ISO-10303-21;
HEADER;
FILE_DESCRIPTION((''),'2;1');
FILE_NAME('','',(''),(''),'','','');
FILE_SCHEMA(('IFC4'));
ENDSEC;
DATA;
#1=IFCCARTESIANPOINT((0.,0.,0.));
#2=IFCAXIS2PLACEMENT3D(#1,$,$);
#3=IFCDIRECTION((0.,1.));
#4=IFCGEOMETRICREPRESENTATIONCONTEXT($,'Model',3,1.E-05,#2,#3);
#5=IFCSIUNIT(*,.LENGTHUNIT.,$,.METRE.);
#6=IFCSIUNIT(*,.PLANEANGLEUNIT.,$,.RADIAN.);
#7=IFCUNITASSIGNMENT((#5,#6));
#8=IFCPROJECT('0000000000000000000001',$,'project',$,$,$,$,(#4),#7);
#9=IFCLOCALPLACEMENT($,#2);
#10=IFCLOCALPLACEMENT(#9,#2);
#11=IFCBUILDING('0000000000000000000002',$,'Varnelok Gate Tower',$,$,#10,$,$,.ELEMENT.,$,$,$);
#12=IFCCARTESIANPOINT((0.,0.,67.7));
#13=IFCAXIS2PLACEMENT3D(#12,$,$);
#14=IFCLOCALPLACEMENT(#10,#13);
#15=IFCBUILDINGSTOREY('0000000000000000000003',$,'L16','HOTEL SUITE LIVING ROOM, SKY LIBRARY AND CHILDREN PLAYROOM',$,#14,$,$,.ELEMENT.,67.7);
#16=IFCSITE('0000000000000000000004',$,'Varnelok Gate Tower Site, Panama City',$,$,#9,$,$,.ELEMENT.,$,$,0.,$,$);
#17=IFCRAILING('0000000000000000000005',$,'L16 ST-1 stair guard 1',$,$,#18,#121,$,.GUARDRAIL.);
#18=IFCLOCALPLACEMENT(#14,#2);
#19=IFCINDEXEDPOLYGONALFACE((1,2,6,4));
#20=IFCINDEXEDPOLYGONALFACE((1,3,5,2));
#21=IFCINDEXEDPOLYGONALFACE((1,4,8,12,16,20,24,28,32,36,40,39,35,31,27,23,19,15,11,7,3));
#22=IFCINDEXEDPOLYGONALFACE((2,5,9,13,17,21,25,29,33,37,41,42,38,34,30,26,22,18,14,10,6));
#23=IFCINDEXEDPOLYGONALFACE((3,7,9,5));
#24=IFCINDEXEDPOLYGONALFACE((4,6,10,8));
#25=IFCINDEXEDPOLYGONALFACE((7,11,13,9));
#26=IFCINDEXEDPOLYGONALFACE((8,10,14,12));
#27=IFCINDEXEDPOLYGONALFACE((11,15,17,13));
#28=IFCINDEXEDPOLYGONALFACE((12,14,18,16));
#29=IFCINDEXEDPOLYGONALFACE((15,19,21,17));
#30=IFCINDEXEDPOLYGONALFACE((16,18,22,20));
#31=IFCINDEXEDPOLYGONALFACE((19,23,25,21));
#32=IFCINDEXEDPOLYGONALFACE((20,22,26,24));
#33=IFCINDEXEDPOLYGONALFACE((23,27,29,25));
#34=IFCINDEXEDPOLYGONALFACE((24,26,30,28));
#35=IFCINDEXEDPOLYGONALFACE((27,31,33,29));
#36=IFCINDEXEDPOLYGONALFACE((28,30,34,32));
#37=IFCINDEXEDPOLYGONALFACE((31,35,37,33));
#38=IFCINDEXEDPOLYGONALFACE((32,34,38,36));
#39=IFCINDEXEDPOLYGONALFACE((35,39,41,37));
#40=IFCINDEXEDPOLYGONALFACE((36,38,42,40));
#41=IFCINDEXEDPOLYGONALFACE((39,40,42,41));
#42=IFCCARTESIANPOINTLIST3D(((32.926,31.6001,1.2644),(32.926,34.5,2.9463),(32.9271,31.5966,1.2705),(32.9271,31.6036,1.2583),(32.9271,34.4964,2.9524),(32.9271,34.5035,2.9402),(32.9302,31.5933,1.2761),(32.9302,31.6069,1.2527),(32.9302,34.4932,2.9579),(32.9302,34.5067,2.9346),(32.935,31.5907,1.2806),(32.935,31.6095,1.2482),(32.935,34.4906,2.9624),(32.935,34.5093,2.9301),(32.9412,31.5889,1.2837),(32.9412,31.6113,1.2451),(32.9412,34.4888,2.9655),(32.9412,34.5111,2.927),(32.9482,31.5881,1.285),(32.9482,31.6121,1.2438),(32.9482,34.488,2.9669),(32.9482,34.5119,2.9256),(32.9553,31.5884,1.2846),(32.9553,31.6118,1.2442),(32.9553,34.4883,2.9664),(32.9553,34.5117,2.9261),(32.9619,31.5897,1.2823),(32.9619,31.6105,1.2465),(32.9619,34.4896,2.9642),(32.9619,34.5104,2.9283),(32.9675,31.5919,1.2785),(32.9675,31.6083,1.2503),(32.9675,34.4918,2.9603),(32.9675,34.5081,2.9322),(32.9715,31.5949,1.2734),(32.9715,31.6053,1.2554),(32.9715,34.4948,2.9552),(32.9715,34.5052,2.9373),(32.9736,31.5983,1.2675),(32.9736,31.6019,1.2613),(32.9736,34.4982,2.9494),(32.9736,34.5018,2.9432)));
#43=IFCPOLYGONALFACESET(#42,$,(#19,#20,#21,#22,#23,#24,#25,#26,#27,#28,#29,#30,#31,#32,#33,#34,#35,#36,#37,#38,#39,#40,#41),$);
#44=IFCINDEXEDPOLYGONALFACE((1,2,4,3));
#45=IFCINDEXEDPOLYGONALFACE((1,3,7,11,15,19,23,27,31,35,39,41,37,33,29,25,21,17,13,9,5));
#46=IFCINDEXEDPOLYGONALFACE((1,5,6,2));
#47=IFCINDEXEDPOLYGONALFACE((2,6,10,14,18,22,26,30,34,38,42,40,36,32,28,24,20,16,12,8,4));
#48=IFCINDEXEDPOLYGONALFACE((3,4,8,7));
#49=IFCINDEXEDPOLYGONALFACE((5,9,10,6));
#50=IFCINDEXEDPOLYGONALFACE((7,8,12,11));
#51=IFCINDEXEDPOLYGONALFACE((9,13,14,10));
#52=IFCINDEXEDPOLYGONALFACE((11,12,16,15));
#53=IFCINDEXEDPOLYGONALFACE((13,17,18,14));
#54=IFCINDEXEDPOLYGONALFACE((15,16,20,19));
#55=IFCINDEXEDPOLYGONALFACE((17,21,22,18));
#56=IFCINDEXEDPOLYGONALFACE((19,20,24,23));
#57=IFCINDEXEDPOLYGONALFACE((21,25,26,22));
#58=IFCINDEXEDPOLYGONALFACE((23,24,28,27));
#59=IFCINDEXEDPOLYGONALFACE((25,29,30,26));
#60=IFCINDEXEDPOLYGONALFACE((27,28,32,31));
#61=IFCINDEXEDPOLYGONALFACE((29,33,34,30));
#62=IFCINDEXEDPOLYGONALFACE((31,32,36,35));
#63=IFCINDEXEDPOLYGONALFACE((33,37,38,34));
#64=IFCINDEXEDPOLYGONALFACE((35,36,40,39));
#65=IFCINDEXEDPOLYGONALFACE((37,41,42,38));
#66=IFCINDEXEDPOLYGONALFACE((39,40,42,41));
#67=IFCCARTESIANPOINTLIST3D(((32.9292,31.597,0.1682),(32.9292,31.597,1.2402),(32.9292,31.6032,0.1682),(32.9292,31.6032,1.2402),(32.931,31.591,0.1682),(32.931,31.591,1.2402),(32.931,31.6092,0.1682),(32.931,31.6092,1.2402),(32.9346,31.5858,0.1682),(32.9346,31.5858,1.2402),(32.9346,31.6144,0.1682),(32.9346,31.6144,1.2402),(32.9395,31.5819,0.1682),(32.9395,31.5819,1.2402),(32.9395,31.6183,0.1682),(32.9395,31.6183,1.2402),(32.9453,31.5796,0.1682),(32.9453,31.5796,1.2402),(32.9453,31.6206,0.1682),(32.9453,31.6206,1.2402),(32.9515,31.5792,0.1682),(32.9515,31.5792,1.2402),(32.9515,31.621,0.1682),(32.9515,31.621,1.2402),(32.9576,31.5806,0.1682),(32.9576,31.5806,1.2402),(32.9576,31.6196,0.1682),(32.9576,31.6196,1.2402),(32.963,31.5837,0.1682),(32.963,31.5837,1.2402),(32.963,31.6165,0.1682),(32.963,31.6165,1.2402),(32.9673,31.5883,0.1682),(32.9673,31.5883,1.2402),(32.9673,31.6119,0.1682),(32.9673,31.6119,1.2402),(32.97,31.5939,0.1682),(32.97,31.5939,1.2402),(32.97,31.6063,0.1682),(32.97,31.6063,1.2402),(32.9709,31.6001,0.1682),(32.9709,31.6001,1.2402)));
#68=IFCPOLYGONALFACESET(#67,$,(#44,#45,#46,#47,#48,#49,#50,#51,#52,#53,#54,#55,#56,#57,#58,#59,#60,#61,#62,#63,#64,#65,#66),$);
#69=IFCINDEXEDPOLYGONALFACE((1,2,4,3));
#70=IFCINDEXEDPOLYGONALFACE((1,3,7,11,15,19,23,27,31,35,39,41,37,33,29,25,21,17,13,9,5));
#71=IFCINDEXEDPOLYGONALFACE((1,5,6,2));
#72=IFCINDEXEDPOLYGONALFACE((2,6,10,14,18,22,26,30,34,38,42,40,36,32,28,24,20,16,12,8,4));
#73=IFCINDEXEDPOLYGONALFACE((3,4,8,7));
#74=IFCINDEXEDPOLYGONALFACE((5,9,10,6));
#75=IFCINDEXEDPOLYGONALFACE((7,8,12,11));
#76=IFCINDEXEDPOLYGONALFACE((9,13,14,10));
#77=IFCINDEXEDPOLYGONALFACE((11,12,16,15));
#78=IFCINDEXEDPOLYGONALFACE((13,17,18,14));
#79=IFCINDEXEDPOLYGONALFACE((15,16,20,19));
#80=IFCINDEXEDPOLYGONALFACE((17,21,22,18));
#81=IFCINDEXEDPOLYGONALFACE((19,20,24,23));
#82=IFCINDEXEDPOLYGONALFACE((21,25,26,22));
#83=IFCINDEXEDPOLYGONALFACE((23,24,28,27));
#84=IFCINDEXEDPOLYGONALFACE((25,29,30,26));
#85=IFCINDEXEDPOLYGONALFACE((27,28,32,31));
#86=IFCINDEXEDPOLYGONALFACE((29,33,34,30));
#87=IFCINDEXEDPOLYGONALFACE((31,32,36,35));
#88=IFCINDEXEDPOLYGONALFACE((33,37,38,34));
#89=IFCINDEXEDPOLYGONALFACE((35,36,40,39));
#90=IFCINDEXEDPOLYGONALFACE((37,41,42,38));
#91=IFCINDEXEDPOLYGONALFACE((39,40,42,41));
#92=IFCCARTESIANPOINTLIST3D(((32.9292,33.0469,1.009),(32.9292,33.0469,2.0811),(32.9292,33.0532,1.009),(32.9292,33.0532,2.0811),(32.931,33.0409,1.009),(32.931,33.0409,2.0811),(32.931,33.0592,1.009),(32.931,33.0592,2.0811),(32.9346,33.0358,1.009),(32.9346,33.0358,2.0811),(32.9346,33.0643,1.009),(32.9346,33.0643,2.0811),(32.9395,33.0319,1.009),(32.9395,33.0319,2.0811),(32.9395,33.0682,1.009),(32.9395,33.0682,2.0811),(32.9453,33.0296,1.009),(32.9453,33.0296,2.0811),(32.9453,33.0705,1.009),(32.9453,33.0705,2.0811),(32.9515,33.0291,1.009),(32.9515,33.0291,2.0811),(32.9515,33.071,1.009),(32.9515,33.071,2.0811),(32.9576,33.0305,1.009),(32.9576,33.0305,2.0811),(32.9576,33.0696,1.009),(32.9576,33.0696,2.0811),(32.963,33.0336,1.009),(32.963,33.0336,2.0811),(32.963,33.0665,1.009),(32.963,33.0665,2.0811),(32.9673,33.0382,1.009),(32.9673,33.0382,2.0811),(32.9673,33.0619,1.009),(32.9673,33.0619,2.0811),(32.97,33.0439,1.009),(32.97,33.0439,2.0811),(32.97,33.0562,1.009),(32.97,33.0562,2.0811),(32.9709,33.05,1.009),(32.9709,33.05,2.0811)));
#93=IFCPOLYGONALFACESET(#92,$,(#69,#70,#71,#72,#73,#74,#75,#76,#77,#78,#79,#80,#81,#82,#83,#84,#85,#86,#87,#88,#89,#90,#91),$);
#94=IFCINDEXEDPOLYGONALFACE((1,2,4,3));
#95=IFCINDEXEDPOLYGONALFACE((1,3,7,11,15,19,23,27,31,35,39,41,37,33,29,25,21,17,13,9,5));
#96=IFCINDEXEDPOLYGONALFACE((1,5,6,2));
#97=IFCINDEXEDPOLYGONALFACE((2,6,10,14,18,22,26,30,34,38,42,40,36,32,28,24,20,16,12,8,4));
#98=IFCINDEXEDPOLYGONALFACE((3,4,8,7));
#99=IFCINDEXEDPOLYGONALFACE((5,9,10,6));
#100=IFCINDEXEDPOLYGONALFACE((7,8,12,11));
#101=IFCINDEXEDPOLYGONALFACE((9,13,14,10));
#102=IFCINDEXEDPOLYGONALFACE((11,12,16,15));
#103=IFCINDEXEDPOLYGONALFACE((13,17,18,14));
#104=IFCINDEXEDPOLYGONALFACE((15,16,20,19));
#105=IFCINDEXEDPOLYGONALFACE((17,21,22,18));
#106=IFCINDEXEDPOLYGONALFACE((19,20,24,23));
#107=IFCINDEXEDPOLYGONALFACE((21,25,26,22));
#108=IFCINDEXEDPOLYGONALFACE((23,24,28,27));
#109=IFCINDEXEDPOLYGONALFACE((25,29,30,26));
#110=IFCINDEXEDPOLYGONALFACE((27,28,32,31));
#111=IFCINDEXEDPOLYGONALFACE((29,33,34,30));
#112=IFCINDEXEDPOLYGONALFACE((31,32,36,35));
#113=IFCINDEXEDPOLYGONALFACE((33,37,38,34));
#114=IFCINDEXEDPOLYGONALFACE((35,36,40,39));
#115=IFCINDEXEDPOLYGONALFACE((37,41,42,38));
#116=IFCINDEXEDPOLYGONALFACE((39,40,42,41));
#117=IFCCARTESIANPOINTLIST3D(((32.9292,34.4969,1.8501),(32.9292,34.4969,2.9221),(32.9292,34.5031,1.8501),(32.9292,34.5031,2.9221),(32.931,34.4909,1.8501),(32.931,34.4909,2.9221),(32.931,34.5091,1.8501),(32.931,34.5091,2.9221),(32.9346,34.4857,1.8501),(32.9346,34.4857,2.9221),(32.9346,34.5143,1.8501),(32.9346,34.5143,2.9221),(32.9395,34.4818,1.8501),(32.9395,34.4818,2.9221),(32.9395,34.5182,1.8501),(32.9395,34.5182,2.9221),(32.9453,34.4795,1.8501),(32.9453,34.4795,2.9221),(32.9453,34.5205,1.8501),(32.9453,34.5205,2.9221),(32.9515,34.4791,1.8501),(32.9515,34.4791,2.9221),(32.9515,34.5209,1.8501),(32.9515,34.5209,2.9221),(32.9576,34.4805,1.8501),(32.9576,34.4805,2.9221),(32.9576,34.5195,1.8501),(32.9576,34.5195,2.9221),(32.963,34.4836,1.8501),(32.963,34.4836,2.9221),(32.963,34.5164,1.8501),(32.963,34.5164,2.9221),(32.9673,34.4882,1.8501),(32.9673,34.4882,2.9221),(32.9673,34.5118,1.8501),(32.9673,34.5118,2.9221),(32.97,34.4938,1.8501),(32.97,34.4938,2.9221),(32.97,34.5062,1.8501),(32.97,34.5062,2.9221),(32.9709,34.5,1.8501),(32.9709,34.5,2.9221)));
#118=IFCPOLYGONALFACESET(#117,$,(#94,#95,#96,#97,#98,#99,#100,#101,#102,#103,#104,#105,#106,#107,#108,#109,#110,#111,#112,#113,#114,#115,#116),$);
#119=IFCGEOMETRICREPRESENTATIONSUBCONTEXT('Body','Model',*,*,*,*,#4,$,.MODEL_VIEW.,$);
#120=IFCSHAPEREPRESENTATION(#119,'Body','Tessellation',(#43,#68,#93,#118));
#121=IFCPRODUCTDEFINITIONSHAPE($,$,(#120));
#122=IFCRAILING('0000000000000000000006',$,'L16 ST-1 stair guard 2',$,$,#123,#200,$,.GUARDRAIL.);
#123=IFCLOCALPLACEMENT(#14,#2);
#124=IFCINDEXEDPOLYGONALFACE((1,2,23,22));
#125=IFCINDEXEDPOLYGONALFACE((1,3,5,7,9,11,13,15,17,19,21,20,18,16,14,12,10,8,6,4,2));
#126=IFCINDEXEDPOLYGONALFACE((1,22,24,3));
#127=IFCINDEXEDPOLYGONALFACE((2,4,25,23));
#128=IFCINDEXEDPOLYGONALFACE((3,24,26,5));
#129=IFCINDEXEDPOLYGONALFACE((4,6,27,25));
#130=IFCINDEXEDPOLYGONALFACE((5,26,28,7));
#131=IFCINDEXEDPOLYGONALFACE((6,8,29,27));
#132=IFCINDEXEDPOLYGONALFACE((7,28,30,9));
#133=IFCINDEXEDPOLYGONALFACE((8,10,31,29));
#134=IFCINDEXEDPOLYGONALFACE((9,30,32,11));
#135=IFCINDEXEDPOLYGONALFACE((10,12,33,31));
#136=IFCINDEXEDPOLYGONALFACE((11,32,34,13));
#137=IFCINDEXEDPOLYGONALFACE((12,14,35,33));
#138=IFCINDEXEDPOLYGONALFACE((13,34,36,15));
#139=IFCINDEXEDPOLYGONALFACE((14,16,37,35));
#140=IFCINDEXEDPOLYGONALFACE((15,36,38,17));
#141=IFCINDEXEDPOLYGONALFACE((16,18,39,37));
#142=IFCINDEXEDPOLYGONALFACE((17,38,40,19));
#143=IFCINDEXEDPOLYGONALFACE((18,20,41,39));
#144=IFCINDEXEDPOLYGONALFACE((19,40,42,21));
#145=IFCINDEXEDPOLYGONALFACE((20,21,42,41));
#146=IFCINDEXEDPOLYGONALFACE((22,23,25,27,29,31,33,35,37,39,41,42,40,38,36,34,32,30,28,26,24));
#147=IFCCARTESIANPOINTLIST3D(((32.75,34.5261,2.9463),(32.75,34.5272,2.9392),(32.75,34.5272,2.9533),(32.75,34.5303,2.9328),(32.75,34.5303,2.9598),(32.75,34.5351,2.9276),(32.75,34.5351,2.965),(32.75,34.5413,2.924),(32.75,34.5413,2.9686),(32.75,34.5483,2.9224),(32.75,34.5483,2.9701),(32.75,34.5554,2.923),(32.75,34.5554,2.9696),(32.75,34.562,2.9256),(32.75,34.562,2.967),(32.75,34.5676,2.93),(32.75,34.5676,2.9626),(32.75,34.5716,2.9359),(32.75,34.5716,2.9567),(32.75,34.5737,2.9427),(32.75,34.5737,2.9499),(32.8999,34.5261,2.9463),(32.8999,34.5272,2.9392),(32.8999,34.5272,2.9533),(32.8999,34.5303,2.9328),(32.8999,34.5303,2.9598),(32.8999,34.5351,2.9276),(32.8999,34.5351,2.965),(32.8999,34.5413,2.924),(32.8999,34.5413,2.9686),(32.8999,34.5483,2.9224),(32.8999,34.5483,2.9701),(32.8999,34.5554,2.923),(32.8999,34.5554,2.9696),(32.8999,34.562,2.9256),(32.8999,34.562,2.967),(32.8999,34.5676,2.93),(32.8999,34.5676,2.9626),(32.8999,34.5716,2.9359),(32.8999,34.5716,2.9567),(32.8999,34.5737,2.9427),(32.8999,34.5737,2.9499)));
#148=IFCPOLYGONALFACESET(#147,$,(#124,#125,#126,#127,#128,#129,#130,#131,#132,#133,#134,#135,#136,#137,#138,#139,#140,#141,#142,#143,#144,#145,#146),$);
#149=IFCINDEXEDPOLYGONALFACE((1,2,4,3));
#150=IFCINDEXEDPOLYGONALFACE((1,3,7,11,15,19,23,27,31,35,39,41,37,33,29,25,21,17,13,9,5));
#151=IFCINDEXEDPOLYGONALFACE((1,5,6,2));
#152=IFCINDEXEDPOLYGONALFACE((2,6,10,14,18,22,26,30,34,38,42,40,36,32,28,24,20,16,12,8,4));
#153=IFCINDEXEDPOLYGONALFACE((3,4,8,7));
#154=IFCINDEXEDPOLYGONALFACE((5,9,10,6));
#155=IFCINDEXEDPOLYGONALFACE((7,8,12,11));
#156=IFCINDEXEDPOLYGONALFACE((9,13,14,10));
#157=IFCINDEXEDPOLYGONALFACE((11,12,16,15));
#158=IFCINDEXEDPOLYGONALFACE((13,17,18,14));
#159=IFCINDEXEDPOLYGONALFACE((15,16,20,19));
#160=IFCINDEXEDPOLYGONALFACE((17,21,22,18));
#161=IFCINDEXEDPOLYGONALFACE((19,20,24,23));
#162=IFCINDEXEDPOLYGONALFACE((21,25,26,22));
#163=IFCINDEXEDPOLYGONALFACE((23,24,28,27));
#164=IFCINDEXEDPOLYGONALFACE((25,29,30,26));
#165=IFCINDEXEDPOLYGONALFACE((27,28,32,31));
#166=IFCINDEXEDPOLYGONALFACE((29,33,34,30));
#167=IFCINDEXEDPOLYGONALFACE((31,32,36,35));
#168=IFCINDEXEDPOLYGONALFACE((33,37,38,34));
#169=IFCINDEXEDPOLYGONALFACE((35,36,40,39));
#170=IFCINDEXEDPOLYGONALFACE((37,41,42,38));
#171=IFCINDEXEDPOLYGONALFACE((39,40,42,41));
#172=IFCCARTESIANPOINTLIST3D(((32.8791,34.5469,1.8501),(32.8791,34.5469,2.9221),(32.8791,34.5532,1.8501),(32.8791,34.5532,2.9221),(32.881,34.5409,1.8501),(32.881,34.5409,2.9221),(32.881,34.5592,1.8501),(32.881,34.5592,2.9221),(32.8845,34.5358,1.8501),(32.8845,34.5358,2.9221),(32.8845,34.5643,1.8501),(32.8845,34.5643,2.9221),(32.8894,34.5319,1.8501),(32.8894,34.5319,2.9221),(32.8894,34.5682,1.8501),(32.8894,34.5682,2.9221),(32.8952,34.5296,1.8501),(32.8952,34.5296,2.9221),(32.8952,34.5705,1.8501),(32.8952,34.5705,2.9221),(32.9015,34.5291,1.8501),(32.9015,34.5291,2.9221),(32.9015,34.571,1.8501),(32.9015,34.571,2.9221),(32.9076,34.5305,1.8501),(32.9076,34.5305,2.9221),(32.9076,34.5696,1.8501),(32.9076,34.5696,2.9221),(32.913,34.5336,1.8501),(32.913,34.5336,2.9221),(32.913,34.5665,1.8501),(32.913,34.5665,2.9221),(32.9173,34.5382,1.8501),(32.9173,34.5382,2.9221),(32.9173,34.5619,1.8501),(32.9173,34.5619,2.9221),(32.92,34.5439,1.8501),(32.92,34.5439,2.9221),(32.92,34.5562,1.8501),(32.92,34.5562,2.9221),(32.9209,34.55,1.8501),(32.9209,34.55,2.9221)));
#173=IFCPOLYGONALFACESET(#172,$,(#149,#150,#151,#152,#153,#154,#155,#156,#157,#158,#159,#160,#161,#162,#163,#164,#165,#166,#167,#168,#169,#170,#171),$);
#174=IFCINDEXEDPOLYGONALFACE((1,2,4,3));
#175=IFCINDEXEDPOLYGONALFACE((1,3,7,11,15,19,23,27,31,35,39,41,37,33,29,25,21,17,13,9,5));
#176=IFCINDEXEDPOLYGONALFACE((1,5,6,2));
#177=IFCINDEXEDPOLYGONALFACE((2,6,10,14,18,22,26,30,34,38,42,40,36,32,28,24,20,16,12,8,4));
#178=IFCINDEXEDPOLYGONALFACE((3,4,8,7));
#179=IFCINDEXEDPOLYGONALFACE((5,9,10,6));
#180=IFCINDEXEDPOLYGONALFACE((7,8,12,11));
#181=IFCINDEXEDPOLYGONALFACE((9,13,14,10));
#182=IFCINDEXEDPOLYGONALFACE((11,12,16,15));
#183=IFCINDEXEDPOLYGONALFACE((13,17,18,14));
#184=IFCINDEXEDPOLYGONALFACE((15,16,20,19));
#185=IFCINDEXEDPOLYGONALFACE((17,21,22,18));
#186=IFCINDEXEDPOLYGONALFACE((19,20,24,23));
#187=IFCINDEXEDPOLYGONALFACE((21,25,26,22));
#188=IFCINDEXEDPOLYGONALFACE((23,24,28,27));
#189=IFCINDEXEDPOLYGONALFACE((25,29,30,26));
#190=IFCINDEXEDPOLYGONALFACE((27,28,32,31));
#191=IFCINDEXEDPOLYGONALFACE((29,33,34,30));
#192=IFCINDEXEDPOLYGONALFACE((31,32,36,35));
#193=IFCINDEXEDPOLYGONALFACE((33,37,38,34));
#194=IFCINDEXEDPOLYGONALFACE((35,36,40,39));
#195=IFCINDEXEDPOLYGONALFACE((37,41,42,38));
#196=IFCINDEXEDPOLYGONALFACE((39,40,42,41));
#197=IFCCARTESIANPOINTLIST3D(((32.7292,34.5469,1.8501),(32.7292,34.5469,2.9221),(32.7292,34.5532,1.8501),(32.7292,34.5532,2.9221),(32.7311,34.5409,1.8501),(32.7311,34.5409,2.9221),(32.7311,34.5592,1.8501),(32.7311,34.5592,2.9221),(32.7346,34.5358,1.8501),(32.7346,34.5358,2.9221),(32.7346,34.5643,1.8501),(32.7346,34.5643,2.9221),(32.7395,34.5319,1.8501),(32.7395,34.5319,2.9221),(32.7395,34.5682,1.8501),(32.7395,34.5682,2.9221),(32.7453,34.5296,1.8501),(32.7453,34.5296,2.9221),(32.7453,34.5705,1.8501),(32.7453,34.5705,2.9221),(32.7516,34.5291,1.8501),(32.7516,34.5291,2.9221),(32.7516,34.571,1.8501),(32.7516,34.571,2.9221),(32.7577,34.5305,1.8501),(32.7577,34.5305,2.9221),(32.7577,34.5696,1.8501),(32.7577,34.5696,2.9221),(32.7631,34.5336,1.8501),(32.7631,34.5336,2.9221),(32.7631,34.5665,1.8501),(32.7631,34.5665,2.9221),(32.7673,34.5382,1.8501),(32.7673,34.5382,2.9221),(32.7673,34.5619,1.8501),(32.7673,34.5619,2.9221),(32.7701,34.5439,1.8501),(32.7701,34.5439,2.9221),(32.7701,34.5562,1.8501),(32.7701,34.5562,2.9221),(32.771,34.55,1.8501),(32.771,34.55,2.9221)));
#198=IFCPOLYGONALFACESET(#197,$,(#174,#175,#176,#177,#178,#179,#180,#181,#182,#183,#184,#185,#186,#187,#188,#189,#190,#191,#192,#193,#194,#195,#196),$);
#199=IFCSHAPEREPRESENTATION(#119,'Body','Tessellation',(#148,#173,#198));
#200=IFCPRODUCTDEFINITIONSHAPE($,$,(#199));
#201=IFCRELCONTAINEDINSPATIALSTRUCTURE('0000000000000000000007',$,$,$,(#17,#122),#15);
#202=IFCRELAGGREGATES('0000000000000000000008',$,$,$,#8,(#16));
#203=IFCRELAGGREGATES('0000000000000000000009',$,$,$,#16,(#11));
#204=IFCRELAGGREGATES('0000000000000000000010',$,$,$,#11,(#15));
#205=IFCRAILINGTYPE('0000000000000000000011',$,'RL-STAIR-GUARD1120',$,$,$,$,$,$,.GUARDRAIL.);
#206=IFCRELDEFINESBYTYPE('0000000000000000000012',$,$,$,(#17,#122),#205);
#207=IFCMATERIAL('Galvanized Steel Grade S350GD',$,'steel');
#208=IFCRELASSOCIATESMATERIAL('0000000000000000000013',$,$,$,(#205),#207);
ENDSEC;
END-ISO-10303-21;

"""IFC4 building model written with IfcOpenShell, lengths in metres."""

from ifc_helpers import new_model, si_unit, direction, frame, origin, origin_2d, place, context, subcontext, project, spatial, circle, extrude, material, type_object, element, save


model = new_model("IFC4")

# Units and contexts
model_context = context("Model", 3, precision=1e-05, world=origin(), true_north=direction((0.0, 1.0)))
body_context = subcontext(model_context, "Body", "Model", "MODEL_VIEW")
ifc_project = project(units=[si_unit("LENGTHUNIT", "METRE"), si_unit("PLANEANGLEUNIT", "RADIAN")], contexts=[model_context])

# Site, building, storey
site_placement = place(None, origin())
site = spatial("IfcSite", under=ifc_project, at=site_placement, Name="Varnelok Gate Tower Site, Panama City", CompositionType="ELEMENT", RefElevation=0.0)
building_placement = place(site_placement, origin())
building = spatial("IfcBuilding", under=site, at=building_placement, Name="Varnelok Gate Tower", CompositionType="ELEMENT")
storey_placement = place(building_placement, frame((0.0, 0.0, 67.7)))
storey = spatial("IfcBuildingStorey", under=building, at=storey_placement, Name="L16", Description="HOTEL SUITE LIVING ROOM, SKY LIBRARY AND CHILDREN PLAYROOM", CompositionType="ELEMENT", Elevation=67.7)

# Shared definitions
ifc_material_1 = material(Name="Galvanized Steel Grade S350GD", Category="steel")

# Railings
railing_type_1 = type_object("IfcRailingType", Name="RL-STAIR-GUARD1120", PredefinedType="GUARDRAIL", material=ifc_material_1)
railing_1_placement = place(storey_placement, frame((32.95, 31.6001, 0.1682)))
element("IfcRailing", 1, at=railing_1_placement, inside=storey, type_object=railing_type_1, Name="L16 ST-1 stair guard 1", PredefinedType="GUARDRAIL", context=body_context, shape_type="SweptSolid", body=[
    extrude(circle(Radius=0.0239, at=origin_2d()), frame((0.0, 0.0, 1.0962), z_axis=(0.0, 0.865039, 0.501705), x_axis=(-1.0, 0.0, 0.0)), (0.0, 0.0, 1.0), 3.3523),
    extrude(circle(Radius=0.021, at=origin_2d()), origin(), (0.0, 0.0, 1.0), 1.072),
    extrude(circle(Radius=0.021, at=origin_2d()), frame((0.0, 1.45, 0.8408)), (0.0, 0.0, 1.0), 1.072),
    extrude(circle(Radius=0.021, at=origin_2d()), frame((0.0, 2.8999, 1.6819)), (0.0, 0.0, 1.0), 1.072),
])
railing_2_placement = place(storey_placement, frame((32.8999, 34.55, 1.8501)))
element("IfcRailing", 2, at=railing_2_placement, inside=storey, type_object=railing_type_1, Name="L16 ST-1 stair guard 2", PredefinedType="GUARDRAIL", context=body_context, shape_type="SweptSolid", body=[
    extrude(circle(Radius=0.0239, at=origin_2d()), frame((0.0, 0.0, 1.0962), z_axis=(-1.0, 0.0, 0.0), x_axis=(0.0, -1.0, 0.0)), (0.0, 0.0, 1.0), 0.1499),
    extrude(circle(Radius=0.021, at=origin_2d()), origin(), (0.0, 0.0, 1.0), 1.072),
    extrude(circle(Radius=0.021, at=origin_2d()), frame((-0.1499, 0.0, 0.0)), (0.0, 0.0, 1.0), 1.072),
])

save(model, "model.ifc")
